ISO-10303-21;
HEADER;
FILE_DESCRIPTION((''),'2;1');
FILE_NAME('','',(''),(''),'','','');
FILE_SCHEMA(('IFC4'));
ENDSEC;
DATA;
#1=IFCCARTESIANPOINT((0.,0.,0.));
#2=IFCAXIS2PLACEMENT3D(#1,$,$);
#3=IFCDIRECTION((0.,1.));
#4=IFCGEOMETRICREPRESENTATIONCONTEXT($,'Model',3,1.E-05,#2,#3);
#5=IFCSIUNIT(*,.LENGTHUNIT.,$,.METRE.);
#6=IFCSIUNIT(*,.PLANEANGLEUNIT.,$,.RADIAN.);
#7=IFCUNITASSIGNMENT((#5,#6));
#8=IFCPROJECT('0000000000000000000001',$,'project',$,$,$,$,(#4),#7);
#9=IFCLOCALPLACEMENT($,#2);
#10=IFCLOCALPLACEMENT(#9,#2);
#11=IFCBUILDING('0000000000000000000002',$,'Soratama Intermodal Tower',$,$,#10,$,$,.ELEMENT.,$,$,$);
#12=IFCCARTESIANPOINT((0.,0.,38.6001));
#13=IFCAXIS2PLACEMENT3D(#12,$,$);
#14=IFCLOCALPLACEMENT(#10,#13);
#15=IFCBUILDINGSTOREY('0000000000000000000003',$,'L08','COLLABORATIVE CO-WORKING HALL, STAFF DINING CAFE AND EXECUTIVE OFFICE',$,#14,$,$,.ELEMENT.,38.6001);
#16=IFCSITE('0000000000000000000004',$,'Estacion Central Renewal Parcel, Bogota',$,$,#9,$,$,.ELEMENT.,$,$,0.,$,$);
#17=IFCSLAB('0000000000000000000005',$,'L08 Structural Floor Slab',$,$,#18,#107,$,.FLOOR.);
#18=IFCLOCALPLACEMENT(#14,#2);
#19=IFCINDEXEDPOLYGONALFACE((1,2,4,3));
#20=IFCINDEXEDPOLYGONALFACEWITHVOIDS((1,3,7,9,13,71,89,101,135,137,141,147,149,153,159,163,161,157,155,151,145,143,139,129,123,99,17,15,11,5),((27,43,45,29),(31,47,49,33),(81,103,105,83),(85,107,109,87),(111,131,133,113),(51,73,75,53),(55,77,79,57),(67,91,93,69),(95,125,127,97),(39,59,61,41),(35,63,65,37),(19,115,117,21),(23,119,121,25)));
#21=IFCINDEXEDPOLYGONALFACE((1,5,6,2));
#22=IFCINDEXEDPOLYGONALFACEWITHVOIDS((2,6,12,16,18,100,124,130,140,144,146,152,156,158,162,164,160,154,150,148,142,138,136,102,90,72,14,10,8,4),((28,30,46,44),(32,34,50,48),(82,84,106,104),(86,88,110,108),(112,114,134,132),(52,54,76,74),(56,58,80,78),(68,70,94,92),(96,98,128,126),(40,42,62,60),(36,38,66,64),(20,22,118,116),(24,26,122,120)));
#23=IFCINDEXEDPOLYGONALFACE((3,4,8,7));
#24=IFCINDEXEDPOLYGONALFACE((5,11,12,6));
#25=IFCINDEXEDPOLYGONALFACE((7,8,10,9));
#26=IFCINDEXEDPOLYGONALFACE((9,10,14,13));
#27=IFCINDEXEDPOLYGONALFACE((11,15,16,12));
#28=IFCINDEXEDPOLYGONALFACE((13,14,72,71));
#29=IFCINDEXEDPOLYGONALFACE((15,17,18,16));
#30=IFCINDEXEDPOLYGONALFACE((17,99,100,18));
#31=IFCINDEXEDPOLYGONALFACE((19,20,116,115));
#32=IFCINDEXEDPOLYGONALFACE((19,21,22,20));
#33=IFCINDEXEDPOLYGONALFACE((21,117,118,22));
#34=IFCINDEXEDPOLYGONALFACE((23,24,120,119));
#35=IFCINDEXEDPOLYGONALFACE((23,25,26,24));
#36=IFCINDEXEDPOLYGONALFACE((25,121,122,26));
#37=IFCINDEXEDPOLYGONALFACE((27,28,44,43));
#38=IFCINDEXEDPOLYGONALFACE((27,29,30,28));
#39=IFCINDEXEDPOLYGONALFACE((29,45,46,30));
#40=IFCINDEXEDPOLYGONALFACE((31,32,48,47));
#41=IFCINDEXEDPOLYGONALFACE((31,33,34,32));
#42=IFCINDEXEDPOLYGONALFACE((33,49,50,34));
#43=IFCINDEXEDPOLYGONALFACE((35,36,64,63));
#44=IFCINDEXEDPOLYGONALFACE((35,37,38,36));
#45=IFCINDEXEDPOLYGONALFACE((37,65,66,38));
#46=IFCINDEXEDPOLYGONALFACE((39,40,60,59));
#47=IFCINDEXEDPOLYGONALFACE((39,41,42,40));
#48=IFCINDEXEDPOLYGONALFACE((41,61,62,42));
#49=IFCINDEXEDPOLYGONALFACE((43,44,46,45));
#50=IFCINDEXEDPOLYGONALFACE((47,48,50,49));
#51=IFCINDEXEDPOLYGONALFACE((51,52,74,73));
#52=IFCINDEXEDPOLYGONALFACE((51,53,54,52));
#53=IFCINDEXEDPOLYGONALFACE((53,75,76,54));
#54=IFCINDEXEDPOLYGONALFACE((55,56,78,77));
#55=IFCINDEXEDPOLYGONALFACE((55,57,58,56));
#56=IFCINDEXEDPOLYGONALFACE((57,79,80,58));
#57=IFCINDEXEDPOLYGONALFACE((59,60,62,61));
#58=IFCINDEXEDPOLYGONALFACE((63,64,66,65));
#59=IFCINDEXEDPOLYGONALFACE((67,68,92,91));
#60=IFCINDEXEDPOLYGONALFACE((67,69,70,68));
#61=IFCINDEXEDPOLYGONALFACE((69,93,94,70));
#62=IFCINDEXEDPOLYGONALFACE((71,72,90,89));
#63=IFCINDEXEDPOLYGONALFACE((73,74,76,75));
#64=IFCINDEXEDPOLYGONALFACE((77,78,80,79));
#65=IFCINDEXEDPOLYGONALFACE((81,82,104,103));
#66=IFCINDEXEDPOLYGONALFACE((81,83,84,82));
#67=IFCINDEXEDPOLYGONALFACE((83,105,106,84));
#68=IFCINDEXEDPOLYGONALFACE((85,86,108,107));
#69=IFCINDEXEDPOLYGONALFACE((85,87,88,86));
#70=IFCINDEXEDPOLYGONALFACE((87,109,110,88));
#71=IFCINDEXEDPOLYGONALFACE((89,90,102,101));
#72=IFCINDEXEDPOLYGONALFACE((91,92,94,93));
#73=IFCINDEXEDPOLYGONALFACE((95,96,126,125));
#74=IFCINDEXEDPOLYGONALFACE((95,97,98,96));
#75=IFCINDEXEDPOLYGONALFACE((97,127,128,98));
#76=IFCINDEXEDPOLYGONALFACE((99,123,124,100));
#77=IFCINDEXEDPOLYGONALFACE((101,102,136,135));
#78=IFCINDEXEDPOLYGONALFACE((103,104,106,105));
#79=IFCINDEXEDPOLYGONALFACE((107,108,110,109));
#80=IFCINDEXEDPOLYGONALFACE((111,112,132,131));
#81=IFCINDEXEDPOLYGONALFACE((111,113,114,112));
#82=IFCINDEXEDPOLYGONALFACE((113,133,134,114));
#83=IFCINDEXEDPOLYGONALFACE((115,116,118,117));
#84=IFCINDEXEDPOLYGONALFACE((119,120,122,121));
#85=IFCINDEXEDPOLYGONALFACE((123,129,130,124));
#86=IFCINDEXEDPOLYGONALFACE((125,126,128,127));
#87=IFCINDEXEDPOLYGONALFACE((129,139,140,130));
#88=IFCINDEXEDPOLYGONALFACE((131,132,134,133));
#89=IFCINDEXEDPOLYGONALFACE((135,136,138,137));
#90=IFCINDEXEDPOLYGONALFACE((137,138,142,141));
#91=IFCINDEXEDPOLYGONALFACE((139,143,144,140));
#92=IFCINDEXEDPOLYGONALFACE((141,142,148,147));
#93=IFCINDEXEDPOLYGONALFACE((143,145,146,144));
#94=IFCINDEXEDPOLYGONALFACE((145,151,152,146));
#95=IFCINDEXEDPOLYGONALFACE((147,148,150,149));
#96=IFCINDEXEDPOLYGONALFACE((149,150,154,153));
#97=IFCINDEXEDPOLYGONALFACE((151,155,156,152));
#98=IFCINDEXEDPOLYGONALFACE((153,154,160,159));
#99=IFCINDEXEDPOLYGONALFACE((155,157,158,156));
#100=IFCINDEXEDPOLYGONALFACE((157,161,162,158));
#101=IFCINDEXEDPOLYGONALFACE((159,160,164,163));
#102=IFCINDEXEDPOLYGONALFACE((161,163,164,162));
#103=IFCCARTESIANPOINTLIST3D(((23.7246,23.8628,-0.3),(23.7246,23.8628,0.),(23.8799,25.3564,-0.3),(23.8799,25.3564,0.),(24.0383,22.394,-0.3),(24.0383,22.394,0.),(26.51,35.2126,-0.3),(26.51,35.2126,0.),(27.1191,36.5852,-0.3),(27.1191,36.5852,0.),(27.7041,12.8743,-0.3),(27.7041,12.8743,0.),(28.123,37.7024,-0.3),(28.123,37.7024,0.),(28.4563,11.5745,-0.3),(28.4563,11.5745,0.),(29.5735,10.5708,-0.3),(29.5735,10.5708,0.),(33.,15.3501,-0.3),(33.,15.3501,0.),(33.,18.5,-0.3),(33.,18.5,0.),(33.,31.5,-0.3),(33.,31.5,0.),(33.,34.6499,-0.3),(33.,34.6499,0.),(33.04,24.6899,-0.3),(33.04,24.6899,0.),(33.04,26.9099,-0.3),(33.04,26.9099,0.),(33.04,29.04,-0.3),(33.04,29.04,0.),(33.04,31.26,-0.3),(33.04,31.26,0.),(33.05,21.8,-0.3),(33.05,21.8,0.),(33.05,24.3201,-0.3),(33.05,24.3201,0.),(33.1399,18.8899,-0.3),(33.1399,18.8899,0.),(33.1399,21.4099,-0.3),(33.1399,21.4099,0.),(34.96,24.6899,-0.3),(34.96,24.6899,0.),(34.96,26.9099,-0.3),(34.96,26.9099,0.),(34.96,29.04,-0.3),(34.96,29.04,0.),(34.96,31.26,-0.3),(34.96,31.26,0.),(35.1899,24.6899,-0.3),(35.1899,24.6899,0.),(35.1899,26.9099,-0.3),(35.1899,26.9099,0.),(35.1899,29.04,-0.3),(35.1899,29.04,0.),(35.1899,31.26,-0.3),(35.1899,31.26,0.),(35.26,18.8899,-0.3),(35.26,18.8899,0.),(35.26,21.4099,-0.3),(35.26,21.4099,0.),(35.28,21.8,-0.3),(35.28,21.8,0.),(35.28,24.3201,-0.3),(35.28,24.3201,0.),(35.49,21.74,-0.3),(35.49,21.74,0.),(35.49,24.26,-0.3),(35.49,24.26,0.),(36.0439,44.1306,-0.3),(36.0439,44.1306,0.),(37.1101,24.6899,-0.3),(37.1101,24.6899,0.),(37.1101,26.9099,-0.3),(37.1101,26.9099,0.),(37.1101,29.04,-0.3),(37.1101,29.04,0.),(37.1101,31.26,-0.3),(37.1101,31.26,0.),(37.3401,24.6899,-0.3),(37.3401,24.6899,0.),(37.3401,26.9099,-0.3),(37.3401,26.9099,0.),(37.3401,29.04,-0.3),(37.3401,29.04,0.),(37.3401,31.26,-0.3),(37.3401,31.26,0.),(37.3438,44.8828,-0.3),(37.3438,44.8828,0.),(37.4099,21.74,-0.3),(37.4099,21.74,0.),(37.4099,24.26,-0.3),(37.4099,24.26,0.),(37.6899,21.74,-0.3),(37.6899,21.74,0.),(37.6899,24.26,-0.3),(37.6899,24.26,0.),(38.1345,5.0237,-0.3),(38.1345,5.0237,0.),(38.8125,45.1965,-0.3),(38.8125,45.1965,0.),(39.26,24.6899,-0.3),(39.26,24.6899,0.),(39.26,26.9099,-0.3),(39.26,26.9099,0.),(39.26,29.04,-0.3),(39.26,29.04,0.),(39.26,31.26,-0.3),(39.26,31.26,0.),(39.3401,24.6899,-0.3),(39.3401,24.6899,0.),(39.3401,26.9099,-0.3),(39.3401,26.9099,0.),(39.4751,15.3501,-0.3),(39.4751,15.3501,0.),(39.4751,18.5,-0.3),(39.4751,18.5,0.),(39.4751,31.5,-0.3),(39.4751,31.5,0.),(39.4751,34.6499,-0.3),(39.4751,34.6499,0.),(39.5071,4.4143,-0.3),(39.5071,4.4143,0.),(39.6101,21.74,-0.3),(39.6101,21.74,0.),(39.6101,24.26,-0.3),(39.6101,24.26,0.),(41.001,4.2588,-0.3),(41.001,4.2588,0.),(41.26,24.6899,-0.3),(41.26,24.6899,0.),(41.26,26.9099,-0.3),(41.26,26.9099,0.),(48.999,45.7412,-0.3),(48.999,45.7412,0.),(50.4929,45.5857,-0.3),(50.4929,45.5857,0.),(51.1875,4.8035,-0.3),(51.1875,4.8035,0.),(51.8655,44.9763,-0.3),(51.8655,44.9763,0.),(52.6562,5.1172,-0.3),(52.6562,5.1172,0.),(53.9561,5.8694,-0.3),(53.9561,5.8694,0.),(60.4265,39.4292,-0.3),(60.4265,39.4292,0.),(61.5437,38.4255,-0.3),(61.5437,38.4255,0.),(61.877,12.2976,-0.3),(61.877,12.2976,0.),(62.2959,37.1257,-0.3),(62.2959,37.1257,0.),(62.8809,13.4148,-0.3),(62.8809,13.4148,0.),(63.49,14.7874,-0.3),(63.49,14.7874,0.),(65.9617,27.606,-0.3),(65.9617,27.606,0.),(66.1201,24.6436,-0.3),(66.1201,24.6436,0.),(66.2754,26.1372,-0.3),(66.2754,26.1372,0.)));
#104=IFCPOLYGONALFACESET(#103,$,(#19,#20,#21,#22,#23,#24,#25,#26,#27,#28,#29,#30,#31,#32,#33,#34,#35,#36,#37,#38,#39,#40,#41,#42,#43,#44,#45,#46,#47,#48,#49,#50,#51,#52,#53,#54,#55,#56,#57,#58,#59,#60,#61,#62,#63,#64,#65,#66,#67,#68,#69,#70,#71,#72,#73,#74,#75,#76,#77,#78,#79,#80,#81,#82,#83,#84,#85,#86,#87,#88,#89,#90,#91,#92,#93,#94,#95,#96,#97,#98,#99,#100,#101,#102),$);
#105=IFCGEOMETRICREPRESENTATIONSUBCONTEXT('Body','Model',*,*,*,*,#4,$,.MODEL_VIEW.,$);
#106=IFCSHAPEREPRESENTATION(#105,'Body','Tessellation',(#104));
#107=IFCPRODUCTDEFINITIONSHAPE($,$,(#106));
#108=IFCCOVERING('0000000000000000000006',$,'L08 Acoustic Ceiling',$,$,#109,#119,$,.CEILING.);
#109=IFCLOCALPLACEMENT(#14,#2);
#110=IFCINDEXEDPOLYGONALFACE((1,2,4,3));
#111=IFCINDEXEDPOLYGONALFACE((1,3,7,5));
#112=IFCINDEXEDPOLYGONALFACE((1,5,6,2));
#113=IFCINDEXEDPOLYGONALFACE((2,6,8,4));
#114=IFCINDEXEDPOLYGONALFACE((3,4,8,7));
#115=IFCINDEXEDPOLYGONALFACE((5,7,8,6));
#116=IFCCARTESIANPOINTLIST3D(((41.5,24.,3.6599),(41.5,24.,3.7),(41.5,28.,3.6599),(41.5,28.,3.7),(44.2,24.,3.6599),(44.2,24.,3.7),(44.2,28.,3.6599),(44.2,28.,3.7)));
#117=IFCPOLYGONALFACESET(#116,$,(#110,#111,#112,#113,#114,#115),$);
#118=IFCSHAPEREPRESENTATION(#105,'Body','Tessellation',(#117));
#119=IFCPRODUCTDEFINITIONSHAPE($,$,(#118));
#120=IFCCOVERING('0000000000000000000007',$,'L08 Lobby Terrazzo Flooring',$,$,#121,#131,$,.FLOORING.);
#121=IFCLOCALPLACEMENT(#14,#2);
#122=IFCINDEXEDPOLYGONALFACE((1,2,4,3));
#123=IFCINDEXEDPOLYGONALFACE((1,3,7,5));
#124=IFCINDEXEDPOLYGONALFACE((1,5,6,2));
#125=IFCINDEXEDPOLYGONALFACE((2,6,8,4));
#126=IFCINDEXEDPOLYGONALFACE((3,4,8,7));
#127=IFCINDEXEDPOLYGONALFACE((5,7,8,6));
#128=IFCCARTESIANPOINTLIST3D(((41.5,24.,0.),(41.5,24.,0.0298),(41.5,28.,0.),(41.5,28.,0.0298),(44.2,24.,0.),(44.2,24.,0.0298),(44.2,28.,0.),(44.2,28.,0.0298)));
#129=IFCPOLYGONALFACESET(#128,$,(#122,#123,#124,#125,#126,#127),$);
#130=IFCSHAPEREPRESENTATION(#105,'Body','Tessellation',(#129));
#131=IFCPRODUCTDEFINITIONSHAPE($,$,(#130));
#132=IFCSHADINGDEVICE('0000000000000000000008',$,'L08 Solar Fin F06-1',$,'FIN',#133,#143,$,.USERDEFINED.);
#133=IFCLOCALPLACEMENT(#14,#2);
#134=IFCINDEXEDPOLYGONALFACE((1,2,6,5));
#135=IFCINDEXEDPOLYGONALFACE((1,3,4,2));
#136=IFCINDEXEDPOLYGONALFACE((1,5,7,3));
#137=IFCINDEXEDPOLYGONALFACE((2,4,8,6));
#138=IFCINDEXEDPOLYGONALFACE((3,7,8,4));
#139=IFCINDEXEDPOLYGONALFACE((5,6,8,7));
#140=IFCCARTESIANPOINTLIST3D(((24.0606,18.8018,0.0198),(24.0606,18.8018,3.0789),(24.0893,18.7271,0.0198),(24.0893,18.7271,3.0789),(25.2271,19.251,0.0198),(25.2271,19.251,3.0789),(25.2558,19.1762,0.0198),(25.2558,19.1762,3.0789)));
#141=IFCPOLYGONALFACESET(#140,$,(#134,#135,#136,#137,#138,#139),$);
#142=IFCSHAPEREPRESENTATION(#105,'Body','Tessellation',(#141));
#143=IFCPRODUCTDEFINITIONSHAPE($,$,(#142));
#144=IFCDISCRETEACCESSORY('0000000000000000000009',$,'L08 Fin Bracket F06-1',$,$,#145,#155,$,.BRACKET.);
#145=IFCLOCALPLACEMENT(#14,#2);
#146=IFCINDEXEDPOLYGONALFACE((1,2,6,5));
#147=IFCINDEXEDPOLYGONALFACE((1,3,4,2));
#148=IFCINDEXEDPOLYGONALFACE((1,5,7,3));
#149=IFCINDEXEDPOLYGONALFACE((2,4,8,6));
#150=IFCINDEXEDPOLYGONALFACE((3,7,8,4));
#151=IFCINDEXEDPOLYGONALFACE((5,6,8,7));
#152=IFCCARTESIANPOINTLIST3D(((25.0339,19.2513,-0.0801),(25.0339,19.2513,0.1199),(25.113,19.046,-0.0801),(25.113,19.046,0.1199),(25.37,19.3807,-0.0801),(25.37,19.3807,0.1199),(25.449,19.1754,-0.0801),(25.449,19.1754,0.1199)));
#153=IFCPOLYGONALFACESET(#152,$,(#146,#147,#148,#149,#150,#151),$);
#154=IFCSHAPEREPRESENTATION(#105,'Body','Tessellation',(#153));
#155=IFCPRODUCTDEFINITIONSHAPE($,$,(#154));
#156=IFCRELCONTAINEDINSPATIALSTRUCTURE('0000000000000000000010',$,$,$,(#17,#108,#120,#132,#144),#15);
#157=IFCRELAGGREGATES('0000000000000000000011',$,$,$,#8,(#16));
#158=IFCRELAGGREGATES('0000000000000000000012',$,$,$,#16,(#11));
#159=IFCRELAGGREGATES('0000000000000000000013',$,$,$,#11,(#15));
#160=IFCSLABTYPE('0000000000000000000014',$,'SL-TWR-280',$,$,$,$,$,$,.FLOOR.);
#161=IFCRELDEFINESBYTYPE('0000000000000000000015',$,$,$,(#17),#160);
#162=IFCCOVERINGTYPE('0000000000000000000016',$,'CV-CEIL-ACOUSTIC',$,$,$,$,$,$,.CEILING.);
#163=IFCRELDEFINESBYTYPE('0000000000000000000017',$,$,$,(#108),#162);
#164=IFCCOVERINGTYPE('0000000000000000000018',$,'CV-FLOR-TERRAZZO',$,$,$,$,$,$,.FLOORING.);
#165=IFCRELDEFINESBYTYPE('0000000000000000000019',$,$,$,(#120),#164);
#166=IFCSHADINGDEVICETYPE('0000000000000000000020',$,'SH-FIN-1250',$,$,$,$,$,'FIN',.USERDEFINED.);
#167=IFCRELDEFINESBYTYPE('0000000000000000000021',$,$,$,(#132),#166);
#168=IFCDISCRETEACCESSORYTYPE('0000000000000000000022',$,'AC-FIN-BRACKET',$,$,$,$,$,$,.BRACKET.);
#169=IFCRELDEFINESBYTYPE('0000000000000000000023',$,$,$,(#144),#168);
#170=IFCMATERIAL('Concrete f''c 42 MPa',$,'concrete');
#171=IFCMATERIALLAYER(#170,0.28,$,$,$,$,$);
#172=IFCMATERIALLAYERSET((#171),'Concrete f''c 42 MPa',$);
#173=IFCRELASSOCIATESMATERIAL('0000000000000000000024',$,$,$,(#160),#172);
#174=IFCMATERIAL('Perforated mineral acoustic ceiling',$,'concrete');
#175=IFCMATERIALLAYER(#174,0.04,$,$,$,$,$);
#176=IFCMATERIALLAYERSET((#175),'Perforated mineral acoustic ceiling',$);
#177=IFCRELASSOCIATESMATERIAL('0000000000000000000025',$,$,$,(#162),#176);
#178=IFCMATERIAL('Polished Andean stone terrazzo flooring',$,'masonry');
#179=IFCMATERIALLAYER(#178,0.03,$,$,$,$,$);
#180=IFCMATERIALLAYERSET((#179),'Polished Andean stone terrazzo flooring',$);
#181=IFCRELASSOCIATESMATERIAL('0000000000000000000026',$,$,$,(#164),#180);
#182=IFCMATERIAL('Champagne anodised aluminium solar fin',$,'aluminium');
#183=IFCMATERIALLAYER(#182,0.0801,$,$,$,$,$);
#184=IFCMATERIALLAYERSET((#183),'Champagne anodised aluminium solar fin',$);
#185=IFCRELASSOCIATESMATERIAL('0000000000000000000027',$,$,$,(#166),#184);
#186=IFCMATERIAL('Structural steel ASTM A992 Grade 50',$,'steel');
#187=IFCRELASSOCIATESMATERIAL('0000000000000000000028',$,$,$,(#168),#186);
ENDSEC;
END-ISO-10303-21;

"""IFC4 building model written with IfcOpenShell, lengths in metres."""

from ifc_helpers import new_model, si_unit, direction, frame, origin, origin_2d, place, context, subcontext, project, spatial, polyline, rectangle, outline, extrude, material, layer, layer_set, type_object, element, save


model = new_model("IFC4")

# Units and contexts
model_context = context("Model", 3, precision=1e-05, world=origin(), true_north=direction((0.0, 1.0)))
body_context = subcontext(model_context, "Body", "Model", "MODEL_VIEW")
ifc_project = project(units=[si_unit("LENGTHUNIT", "METRE"), si_unit("PLANEANGLEUNIT", "RADIAN")], contexts=[model_context])

# Site, building, storey
site_placement = place(None, origin())
site = spatial("IfcSite", under=ifc_project, at=site_placement, Name="Estacion Central Renewal Parcel, Bogota", CompositionType="ELEMENT", RefElevation=0.0)
building_placement = place(site_placement, origin())
building = spatial("IfcBuilding", under=site, at=building_placement, Name="Soratama Intermodal Tower", CompositionType="ELEMENT")
storey_placement = place(building_placement, frame((0.0, 0.0, 38.6001)))
storey = spatial("IfcBuildingStorey", under=building, at=storey_placement, Name="L08", Description="COLLABORATIVE CO-WORKING HALL, STAFF DINING CAFE AND EXECUTIVE OFFICE", CompositionType="ELEMENT", Elevation=38.6001)

# Slab
ifc_material_1 = material(Name="Concrete f'c 42 MPa", Category="concrete")
ifc_layer_1 = layer(ifc_material_1, 0.28)
ifc_layer_set_1 = layer_set([ifc_layer_1], Name="Concrete f'c 42 MPa")
slab_type_1 = type_object("IfcSlabType", Name="SL-TWR-280", PredefinedType="FLOOR", material=ifc_layer_set_1)
slab_1_placement = place(storey_placement, frame((0.0, 0.0, -0.3)))
element("IfcSlab", 1, at=slab_1_placement, inside=storey, type_object=slab_type_1, Name="L08 Structural Floor Slab", PredefinedType="FLOOR", context=body_context, shape_type="SweptSolid", body=[
    extrude(outline(polyline([(66.1201, 24.6436), (66.2754, 26.1372), (65.9617, 27.606), (62.2959, 37.1257), (61.5437, 38.4255), (60.4265, 39.4292), (51.8655, 44.9763), (50.4929, 45.5857), (48.999, 45.7412), (38.8125, 45.1965), (37.3438, 44.8828), (36.0439, 44.1306), (28.123, 37.7024), (27.1191, 36.5852), (26.51, 35.2126), (23.8799, 25.3564), (23.7246, 23.8628), (24.0383, 22.394), (27.7041, 12.8743), (28.4563, 11.5745), (29.5735, 10.5708), (38.1345, 5.0237), (39.5071, 4.4143), (41.001, 4.2588), (51.1875, 4.8035), (52.6562, 5.1172), (53.9561, 5.8694), (61.877, 12.2976), (62.8809, 13.4148), (63.49, 14.7874), (66.1201, 24.6436)]), holes=[polyline([(33.0, 18.5), (33.0, 15.3501), (39.4751, 15.3501), (39.4751, 18.5), (33.0, 18.5)]), polyline([(35.26, 18.8899), (35.26, 21.4099), (33.1399, 21.4099), (33.1399, 18.8899), (35.26, 18.8899)]), polyline([(33.05, 21.8), (35.28, 21.8), (35.28, 24.3201), (33.05, 24.3201), (33.05, 21.8)]), polyline([(34.96, 26.9099), (33.04, 26.9099), (33.04, 24.6899), (34.96, 24.6899), (34.96, 26.9099)]), polyline([(37.1101, 24.6899), (37.1101, 26.9099), (35.1899, 26.9099), (35.1899, 24.6899), (37.1101, 24.6899)]), polyline([(34.96, 29.04), (34.96, 31.26), (33.04, 31.26), (33.04, 29.04), (34.96, 29.04)]), polyline([(37.1101, 31.26), (35.1899, 31.26), (35.1899, 29.04), (37.1101, 29.04), (37.1101, 31.26)]), polyline([(37.4099, 21.74), (37.4099, 24.26), (35.49, 24.26), (35.49, 21.74), (37.4099, 21.74)]), polyline([(39.6101, 21.74), (39.6101, 24.26), (37.6899, 24.26), (37.6899, 21.74), (39.6101, 21.74)]), polyline([(39.26, 24.6899), (39.26, 26.9099), (37.3401, 26.9099), (37.3401, 24.6899), (39.26, 24.6899)]), polyline([(41.26, 24.6899), (41.26, 26.9099), (39.3401, 26.9099), (39.3401, 24.6899), (41.26, 24.6899)]), polyline([(39.26, 29.04), (39.26, 31.26), (37.3401, 31.26), (37.3401, 29.04), (39.26, 29.04)]), polyline([(39.4751, 34.6499), (33.0, 34.6499), (33.0, 31.5), (39.4751, 31.5), (39.4751, 34.6499)])]), origin(), (0.0, 0.0, 1.0), 0.3),
])

# Coverings
ifc_material_2 = material(Name="Perforated mineral acoustic ceiling", Category="concrete")
ifc_layer_2 = layer(ifc_material_2, 0.04)
ifc_layer_set_2 = layer_set([ifc_layer_2], Name="Perforated mineral acoustic ceiling")
covering_type_1 = type_object("IfcCoveringType", Name="CV-CEIL-ACOUSTIC", PredefinedType="CEILING", material=ifc_layer_set_2)
covering_1_placement = place(storey_placement, frame((0.0, 0.0, 3.6599)))
element("IfcCovering", 2, at=covering_1_placement, inside=storey, type_object=covering_type_1, Name="L08 Acoustic Ceiling", PredefinedType="CEILING", context=body_context, shape_type="SweptSolid", body=[
    extrude(outline(polyline([(41.5, 24.0), (44.2, 24.0), (44.2, 28.0), (41.5, 28.0), (41.5, 24.0)])), origin(), (0.0, 0.0, 1.0), 0.04),
])
ifc_material_3 = material(Name="Polished Andean stone terrazzo flooring", Category="masonry")
ifc_layer_3 = layer(ifc_material_3, 0.03)
ifc_layer_set_3 = layer_set([ifc_layer_3], Name="Polished Andean stone terrazzo flooring")
covering_type_2 = type_object("IfcCoveringType", Name="CV-FLOR-TERRAZZO", PredefinedType="FLOORING", material=ifc_layer_set_3)
covering_2_placement = place(storey_placement, origin())
element("IfcCovering", 3, at=covering_2_placement, inside=storey, type_object=covering_type_2, Name="L08 Lobby Terrazzo Flooring", PredefinedType="FLOORING", context=body_context, shape_type="SweptSolid", body=[
    extrude(outline(polyline([(41.5, 24.0), (44.2, 24.0), (44.2, 28.0), (41.5, 28.0), (41.5, 24.0)])), origin(), (0.0, 0.0, 1.0), 0.0298),
])

# Shading device
ifc_material_4 = material(Name="Champagne anodised aluminium solar fin", Category="aluminium")
ifc_layer_4 = layer(ifc_material_4, 0.0801)
ifc_layer_set_4 = layer_set([ifc_layer_4], Name="Champagne anodised aluminium solar fin")
shading_device_type = type_object("IfcShadingDeviceType", Name="SH-FIN-1250", ElementType="FIN", PredefinedType="USERDEFINED", material=ifc_layer_set_4)
shading_device_placement = place(storey_placement, frame((24.6582, 18.989, 0.0198), z_axis=(0.0, 0.0, 1.0), x_axis=(-0.933205, -0.359345, 0.0)))
element("IfcShadingDevice", 4, at=shading_device_placement, inside=storey, type_object=shading_device_type, Name="L08 Solar Fin F06-1", ObjectType="FIN", PredefinedType="USERDEFINED", context=body_context, shape_type="SweptSolid", body=[
    extrude(rectangle(XDim=1.25, YDim=0.0801, at=origin_2d()), origin(), (0.0, 0.0, 1.0), 3.0591),
])

# Discrete accessory
ifc_material_5 = material(Name="Structural steel ASTM A992 Grade 50", Category="steel")
discrete_accessory_type = type_object("IfcDiscreteAccessoryType", Name="AC-FIN-BRACKET", PredefinedType="BRACKET", material=ifc_material_5)
discrete_accessory_placement = place(storey_placement, frame((25.2415, 19.2134, -0.0801), z_axis=(0.0, 0.0, 1.0), x_axis=(-0.933205, -0.359345, 0.0)))
element("IfcDiscreteAccessory", 5, at=discrete_accessory_placement, inside=storey, type_object=discrete_accessory_type, Name="L08 Fin Bracket F06-1", PredefinedType="BRACKET", context=body_context, shape_type="SweptSolid", body=[
    extrude(rectangle(XDim=0.3601, YDim=0.22, at=origin_2d()), origin(), (0.0, 0.0, 1.0), 0.2),
])

save(model, "model.ifc")
